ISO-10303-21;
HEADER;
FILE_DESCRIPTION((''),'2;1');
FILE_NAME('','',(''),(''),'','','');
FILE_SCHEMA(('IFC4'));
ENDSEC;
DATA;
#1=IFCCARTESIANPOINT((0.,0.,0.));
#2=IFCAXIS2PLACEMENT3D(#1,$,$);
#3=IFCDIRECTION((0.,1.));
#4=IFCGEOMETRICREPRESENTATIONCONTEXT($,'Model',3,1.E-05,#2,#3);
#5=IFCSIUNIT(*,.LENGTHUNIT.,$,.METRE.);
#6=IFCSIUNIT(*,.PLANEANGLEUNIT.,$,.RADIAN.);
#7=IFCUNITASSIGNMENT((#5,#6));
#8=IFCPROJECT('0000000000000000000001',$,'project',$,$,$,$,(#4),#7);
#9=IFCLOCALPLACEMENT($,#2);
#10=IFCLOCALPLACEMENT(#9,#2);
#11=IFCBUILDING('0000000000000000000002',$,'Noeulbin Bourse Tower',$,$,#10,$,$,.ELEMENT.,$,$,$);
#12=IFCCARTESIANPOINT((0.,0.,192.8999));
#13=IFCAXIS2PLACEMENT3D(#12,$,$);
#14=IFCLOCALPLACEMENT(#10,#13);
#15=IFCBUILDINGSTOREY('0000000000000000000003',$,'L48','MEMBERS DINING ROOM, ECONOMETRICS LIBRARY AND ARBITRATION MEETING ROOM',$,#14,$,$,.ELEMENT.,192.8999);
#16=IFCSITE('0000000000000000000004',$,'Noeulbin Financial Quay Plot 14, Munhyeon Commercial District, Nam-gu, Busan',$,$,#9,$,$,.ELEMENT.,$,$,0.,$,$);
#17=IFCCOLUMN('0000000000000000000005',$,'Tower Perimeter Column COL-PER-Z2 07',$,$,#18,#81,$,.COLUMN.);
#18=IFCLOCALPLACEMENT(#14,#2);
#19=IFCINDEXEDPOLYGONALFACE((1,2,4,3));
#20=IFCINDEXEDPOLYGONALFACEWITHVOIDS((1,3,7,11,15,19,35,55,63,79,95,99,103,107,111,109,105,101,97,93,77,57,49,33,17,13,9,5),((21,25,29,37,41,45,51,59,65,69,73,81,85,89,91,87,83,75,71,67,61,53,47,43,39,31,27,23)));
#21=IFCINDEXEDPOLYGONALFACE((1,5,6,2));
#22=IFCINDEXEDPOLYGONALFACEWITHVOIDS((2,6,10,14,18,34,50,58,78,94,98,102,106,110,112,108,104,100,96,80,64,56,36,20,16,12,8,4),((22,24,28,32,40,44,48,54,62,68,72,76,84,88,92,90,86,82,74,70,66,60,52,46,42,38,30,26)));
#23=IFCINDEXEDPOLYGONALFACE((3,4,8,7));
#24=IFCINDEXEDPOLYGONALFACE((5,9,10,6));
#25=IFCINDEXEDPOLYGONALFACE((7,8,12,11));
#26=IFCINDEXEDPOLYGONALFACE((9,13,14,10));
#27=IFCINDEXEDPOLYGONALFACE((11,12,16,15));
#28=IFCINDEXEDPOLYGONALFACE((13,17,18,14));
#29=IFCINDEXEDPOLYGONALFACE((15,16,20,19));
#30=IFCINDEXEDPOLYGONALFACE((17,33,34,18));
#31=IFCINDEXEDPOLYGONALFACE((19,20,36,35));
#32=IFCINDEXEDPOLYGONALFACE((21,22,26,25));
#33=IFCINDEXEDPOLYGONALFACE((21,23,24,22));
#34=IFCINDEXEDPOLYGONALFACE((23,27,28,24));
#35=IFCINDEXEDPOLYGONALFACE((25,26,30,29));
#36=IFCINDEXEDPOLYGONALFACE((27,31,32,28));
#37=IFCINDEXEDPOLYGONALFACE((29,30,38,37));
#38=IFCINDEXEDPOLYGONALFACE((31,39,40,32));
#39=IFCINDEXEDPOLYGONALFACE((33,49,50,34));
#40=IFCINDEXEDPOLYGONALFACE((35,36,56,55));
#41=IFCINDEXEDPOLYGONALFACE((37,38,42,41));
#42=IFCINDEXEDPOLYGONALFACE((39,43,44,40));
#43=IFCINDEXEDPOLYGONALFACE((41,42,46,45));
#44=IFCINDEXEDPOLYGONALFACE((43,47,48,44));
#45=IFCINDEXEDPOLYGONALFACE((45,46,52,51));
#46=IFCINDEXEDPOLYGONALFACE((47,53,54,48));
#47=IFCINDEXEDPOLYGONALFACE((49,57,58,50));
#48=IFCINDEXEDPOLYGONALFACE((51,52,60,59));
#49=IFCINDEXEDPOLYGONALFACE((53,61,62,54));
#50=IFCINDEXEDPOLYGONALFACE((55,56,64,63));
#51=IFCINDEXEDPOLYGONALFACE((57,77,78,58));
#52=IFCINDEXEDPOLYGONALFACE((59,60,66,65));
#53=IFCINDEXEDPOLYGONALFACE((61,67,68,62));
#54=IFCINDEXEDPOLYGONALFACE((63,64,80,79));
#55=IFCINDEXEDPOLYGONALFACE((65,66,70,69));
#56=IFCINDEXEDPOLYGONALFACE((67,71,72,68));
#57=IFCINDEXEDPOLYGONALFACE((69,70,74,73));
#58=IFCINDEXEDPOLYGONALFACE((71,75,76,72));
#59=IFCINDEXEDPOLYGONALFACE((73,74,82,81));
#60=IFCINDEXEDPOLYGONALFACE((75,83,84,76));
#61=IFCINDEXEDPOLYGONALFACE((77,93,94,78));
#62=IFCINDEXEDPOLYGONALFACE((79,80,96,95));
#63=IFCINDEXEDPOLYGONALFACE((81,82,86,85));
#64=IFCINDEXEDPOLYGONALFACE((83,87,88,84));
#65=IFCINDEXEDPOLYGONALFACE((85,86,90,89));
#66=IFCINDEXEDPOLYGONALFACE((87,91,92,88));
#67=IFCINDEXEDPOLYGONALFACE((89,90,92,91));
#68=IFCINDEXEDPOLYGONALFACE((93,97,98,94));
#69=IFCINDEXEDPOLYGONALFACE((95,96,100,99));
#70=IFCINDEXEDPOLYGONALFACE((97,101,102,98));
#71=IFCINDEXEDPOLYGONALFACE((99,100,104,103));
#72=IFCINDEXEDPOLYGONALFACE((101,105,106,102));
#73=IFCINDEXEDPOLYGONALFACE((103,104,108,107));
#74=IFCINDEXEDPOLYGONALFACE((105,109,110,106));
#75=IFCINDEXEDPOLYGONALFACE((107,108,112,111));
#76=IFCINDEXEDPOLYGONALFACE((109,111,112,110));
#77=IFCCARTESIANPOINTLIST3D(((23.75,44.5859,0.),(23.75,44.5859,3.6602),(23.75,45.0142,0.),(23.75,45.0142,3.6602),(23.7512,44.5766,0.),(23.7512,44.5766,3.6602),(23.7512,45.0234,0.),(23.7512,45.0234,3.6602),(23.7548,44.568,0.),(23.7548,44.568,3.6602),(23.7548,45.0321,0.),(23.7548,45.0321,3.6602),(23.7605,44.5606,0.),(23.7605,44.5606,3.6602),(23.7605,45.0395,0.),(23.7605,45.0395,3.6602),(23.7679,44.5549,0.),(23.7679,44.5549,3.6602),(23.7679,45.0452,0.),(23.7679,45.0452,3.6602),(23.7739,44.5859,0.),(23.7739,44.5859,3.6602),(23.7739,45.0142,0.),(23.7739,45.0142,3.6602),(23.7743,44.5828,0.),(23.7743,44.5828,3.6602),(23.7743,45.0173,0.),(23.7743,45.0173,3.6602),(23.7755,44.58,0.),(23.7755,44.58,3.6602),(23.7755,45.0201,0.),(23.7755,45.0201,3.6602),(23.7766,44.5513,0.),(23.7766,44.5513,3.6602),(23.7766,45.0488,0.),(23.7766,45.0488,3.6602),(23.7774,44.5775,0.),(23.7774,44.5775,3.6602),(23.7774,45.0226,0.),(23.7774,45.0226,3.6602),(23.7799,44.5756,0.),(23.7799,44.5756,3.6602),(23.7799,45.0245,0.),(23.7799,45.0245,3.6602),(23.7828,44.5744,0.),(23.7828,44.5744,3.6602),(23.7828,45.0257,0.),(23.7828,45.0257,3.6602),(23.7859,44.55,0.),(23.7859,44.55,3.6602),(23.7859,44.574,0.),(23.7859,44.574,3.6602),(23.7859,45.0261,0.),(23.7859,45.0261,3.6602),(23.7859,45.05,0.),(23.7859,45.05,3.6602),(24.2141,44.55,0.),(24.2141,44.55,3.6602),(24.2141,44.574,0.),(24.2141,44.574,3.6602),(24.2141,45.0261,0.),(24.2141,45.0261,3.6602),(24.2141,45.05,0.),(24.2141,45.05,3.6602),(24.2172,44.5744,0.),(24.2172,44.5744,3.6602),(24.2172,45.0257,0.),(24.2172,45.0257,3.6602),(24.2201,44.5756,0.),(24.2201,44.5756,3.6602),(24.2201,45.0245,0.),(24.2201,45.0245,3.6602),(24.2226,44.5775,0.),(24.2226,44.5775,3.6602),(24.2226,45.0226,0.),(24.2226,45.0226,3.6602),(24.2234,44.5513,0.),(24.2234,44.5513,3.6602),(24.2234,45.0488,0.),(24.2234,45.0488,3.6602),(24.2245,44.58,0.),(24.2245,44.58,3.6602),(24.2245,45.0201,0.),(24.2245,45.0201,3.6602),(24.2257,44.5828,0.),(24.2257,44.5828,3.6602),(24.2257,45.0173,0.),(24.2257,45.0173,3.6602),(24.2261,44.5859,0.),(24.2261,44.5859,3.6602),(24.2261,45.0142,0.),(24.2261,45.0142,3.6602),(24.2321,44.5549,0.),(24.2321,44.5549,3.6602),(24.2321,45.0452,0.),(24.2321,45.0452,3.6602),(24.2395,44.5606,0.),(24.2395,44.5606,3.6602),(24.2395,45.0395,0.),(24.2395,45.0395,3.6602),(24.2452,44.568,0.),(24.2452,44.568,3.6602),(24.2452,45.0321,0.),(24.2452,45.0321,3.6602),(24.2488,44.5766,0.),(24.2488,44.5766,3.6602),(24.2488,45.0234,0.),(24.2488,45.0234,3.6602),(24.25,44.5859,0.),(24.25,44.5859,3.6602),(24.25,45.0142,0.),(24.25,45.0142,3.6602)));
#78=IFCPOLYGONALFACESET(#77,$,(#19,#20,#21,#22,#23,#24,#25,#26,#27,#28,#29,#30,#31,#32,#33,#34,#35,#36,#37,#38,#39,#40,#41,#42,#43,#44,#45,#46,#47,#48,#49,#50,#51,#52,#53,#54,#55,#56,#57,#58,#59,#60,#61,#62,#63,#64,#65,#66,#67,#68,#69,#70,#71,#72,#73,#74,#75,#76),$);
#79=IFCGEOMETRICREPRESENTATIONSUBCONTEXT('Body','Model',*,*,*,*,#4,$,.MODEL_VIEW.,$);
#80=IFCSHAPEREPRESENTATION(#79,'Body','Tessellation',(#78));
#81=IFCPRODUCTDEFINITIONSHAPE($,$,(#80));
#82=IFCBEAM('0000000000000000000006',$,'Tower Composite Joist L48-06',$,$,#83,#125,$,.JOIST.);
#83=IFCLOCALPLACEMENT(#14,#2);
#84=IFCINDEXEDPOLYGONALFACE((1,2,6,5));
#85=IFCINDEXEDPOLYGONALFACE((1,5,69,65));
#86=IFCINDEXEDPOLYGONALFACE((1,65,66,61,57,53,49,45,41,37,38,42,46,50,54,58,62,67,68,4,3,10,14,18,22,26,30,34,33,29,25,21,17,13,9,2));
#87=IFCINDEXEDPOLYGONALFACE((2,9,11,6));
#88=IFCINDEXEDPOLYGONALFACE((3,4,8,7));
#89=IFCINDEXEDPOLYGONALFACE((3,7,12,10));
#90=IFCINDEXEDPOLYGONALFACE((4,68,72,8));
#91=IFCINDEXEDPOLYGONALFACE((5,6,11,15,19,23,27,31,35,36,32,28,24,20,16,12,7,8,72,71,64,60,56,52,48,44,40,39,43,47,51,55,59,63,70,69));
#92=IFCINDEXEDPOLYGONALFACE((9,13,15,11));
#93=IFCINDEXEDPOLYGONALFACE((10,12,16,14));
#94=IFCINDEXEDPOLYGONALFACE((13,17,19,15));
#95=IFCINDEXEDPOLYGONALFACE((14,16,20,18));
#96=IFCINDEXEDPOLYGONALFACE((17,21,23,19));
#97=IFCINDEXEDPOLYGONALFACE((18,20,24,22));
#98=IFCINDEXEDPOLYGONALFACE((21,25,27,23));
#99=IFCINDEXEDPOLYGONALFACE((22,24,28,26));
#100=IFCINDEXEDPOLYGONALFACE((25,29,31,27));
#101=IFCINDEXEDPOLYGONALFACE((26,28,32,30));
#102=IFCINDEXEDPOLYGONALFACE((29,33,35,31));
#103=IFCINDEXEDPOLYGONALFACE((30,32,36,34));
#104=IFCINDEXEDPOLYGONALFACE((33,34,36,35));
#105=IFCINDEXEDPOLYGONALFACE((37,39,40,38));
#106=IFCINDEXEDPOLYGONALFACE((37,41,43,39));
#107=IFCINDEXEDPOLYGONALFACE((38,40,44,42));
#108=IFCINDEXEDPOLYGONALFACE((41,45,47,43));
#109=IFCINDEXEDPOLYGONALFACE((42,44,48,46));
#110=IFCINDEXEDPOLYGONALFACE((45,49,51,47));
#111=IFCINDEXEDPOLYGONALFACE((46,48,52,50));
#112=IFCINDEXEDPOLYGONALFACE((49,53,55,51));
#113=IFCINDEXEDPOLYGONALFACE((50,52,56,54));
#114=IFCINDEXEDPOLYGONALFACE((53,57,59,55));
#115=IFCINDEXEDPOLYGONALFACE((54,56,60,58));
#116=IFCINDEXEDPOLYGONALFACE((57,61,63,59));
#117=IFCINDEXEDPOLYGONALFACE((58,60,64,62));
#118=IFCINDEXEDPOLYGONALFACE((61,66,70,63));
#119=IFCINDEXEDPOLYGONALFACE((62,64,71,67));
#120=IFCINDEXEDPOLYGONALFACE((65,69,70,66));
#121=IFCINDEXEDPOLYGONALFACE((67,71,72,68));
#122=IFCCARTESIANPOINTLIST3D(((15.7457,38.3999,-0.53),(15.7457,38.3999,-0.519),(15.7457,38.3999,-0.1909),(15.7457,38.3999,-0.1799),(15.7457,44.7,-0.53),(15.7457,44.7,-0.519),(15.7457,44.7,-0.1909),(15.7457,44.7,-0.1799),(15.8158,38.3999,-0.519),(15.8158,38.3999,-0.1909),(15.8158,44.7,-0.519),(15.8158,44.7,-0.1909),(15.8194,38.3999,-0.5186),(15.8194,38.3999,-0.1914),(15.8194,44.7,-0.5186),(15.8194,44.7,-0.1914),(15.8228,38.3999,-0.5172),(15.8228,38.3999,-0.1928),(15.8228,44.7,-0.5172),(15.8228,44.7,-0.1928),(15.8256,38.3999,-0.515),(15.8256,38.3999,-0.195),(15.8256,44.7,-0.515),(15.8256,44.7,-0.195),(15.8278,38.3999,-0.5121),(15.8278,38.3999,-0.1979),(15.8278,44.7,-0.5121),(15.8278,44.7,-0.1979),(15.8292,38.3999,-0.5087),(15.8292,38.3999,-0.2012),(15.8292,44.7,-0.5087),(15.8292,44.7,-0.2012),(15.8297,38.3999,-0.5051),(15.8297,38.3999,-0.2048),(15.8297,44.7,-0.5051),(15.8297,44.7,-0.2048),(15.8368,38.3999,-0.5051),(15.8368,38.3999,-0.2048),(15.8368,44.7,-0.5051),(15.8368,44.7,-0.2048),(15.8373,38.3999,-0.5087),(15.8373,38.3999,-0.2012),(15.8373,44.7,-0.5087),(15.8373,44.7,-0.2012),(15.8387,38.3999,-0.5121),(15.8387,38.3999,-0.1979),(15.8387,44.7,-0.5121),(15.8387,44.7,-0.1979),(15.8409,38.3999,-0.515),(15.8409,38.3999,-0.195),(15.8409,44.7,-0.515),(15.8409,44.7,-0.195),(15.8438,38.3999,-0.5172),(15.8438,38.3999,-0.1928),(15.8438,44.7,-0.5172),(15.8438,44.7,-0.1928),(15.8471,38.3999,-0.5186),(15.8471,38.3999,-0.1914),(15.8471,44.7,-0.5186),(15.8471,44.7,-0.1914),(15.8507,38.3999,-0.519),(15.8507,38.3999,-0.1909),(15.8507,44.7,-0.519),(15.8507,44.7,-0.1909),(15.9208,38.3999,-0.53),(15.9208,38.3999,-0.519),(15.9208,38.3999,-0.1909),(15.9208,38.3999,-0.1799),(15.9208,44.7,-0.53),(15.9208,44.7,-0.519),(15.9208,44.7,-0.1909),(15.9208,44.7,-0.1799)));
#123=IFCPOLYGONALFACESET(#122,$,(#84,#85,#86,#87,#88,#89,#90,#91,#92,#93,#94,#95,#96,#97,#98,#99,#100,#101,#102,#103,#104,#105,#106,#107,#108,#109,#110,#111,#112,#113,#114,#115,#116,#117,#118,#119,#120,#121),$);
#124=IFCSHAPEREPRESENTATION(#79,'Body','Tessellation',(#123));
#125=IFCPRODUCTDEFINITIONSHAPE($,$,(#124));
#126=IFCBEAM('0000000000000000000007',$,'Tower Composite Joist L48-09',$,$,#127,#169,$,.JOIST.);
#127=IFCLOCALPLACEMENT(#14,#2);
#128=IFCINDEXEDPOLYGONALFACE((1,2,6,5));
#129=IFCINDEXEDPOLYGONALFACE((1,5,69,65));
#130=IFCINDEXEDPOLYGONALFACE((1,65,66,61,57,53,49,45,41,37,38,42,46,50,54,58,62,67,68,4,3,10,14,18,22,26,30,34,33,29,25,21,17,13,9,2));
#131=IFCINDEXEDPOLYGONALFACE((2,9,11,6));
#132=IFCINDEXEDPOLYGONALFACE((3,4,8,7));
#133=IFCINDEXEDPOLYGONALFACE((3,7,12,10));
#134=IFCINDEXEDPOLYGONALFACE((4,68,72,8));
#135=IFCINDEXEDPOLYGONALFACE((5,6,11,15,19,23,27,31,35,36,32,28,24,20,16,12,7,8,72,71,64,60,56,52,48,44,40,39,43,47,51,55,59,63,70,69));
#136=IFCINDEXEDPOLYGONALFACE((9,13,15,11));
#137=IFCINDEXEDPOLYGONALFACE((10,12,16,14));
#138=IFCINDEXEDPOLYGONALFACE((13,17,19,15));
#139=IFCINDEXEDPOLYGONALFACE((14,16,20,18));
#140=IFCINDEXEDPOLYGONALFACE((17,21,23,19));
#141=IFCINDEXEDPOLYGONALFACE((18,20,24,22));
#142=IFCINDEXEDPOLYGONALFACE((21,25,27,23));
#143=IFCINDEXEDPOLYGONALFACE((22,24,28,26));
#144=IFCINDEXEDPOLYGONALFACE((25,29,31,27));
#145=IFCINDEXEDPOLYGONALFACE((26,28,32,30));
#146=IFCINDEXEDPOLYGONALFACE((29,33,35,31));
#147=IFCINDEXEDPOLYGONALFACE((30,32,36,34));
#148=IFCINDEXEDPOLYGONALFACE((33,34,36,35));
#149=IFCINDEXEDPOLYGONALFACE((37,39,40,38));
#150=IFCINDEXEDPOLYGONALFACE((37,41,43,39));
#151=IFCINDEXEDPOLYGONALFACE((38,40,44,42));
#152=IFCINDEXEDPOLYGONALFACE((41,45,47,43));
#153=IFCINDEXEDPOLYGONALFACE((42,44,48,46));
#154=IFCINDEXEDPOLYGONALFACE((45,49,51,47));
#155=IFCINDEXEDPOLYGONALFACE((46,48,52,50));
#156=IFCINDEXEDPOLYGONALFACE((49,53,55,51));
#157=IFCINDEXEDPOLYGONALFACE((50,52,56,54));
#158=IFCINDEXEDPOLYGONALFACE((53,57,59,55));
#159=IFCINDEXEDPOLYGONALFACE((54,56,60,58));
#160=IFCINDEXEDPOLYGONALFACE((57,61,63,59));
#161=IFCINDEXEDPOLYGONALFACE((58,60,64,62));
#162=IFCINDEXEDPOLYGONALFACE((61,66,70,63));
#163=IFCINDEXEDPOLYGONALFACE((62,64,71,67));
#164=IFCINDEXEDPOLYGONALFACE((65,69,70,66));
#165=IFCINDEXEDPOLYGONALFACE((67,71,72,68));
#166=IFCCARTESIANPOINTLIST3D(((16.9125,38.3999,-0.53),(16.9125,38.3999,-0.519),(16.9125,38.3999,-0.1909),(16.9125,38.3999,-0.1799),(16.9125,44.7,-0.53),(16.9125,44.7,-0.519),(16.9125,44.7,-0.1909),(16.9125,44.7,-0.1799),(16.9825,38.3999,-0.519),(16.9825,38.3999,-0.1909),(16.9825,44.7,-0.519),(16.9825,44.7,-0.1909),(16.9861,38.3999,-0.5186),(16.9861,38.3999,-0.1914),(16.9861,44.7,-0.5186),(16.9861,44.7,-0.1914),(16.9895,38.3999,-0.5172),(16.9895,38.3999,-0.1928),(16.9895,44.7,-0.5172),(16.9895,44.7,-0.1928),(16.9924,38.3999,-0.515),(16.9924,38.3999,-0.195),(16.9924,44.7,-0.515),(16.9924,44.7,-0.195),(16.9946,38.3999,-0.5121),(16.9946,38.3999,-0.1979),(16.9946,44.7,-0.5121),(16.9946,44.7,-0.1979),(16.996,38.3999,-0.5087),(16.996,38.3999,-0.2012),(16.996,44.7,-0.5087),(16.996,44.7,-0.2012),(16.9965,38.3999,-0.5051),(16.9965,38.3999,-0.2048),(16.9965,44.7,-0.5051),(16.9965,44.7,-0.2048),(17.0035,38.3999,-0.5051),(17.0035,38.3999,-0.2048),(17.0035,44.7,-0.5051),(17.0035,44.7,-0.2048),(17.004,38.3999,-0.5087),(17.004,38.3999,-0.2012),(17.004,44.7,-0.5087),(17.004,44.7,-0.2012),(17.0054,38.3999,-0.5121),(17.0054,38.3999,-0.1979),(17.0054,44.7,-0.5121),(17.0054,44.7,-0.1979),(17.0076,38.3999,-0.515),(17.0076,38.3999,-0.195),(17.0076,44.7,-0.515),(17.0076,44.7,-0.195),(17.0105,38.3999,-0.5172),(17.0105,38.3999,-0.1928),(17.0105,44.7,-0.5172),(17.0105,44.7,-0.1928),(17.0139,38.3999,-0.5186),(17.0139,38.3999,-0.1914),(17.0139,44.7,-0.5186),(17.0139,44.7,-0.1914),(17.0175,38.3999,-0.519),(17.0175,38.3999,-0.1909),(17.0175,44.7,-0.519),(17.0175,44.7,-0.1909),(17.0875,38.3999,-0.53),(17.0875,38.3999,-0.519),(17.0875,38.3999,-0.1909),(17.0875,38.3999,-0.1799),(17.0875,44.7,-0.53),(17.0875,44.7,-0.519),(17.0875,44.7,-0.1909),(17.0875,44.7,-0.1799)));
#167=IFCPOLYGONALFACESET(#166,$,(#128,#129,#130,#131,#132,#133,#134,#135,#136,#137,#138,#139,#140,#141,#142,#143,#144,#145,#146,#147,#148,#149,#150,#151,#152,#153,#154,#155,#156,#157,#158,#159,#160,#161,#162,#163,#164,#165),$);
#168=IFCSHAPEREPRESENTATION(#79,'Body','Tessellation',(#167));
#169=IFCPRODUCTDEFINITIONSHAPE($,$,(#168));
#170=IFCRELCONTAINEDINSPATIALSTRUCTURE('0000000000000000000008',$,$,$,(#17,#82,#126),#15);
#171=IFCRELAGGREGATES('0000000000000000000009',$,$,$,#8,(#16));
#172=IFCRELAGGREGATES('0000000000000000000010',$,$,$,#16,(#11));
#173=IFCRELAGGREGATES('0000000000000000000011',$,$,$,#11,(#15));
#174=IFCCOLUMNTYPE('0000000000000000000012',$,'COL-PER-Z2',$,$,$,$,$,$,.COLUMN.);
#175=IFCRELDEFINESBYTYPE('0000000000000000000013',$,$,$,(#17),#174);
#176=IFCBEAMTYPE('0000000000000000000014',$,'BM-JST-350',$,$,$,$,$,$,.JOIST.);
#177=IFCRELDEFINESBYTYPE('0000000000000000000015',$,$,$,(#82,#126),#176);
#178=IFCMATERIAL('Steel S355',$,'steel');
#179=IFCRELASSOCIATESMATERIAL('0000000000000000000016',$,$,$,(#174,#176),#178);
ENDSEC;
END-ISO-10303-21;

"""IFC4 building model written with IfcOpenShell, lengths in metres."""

from ifc_helpers import new_model, si_unit, direction, frame, origin, origin_2d, place, context, subcontext, project, spatial, hollow_rectangle, i_section, extrude, material, material_profile, profile_set, type_object, element, save


model = new_model("IFC4")

# Units and contexts
model_context = context("Model", 3, precision=1e-05, world=origin(), true_north=direction((0.0, 1.0)))
body_context = subcontext(model_context, "Body", "Model", "MODEL_VIEW")
ifc_project = project(units=[si_unit("LENGTHUNIT", "METRE"), si_unit("PLANEANGLEUNIT", "RADIAN")], contexts=[model_context])

# Site, building, storey
site_placement = place(None, origin())
site = spatial("IfcSite", under=ifc_project, at=site_placement, Name="Noeulbin Financial Quay Plot 14, Munhyeon Commercial District, Nam-gu, Busan", CompositionType="ELEMENT", RefElevation=0.0)
building_placement = place(site_placement, origin())
building = spatial("IfcBuilding", under=site, at=building_placement, Name="Noeulbin Bourse Tower", CompositionType="ELEMENT")
storey_placement = place(building_placement, frame((0.0, 0.0, 192.8999)))
storey = spatial("IfcBuildingStorey", under=building, at=storey_placement, Name="L48", Description="MEMBERS DINING ROOM, ECONOMETRICS LIBRARY AND ARBITRATION MEETING ROOM", CompositionType="ELEMENT", Elevation=192.8999)

# Column
ifc_material_1 = material(Name="Steel S355", Category="steel")
ifc_material_profile_1 = material_profile(ifc_material_1, hollow_rectangle(XDim=0.5, YDim=0.5, WallThickness=0.0239, InnerFilletRadius=0.012, OuterFilletRadius=0.0359, at=origin_2d()), Name="BOX-500x500x24", Category="LoadBearing")
ifc_profile_set_1 = profile_set([ifc_material_profile_1], Name="Steel S355")
column_type = type_object("IfcColumnType", Name="COL-PER-Z2", PredefinedType="COLUMN", material=ifc_profile_set_1)
column_placement = place(storey_placement, frame((24.0, 44.8, 0.0), z_axis=(0.0, 0.0, 1.0), x_axis=(1.0, 0.0, 0.0)))
element("IfcColumn", 1, at=column_placement, inside=storey, type_object=column_type, Name="Tower Perimeter Column COL-PER-Z2 07", PredefinedType="COLUMN", context=body_context, shape_type="SweptSolid", body=[
    extrude(hollow_rectangle(XDim=0.5, YDim=0.5, WallThickness=0.0239, InnerFilletRadius=0.012, OuterFilletRadius=0.0359, at=origin_2d()), origin(), (0.0, 0.0, 1.0), 3.6602),
])

# Beams
ifc_material_profile_2 = material_profile(ifc_material_1, i_section(OverallWidth=0.175, OverallDepth=0.3501, WebThickness=0.0071, FlangeThickness=0.011, FilletRadius=0.0139, at=origin_2d()), Name="H-350x175x7x11", Category="LoadBearing")
ifc_profile_set_2 = profile_set([ifc_material_profile_2], Name="Steel S355")
beam_type_1 = type_object("IfcBeamType", Name="BM-JST-350", PredefinedType="JOIST", material=ifc_profile_set_2)
for number, where, z_axis, x_axis, name in (
    (2, (15.8333, 38.3999, -0.355), (0.0, 1.0, 0.0), (-1.0, 0.0, 0.0), "Tower Composite Joist L48-06"),
    (3, (17.0, 38.3999, -0.355), (0.0, 1.0, 0.0), (-1.0, 0.0, 0.0), "Tower Composite Joist L48-09"),
):
    element("IfcBeam", number, at=place(storey_placement, frame(where, z_axis=z_axis, x_axis=x_axis)), inside=storey, type_object=beam_type_1, Name=name, PredefinedType="JOIST", context=body_context, shape_type="SweptSolid", body=[
        extrude(i_section(OverallWidth=0.175, OverallDepth=0.3501, WebThickness=0.0071, FlangeThickness=0.011, FilletRadius=0.0139, at=origin_2d()), origin(), (0.0, 0.0, 1.0), 6.3),
    ])

save(model, "model.ifc")
